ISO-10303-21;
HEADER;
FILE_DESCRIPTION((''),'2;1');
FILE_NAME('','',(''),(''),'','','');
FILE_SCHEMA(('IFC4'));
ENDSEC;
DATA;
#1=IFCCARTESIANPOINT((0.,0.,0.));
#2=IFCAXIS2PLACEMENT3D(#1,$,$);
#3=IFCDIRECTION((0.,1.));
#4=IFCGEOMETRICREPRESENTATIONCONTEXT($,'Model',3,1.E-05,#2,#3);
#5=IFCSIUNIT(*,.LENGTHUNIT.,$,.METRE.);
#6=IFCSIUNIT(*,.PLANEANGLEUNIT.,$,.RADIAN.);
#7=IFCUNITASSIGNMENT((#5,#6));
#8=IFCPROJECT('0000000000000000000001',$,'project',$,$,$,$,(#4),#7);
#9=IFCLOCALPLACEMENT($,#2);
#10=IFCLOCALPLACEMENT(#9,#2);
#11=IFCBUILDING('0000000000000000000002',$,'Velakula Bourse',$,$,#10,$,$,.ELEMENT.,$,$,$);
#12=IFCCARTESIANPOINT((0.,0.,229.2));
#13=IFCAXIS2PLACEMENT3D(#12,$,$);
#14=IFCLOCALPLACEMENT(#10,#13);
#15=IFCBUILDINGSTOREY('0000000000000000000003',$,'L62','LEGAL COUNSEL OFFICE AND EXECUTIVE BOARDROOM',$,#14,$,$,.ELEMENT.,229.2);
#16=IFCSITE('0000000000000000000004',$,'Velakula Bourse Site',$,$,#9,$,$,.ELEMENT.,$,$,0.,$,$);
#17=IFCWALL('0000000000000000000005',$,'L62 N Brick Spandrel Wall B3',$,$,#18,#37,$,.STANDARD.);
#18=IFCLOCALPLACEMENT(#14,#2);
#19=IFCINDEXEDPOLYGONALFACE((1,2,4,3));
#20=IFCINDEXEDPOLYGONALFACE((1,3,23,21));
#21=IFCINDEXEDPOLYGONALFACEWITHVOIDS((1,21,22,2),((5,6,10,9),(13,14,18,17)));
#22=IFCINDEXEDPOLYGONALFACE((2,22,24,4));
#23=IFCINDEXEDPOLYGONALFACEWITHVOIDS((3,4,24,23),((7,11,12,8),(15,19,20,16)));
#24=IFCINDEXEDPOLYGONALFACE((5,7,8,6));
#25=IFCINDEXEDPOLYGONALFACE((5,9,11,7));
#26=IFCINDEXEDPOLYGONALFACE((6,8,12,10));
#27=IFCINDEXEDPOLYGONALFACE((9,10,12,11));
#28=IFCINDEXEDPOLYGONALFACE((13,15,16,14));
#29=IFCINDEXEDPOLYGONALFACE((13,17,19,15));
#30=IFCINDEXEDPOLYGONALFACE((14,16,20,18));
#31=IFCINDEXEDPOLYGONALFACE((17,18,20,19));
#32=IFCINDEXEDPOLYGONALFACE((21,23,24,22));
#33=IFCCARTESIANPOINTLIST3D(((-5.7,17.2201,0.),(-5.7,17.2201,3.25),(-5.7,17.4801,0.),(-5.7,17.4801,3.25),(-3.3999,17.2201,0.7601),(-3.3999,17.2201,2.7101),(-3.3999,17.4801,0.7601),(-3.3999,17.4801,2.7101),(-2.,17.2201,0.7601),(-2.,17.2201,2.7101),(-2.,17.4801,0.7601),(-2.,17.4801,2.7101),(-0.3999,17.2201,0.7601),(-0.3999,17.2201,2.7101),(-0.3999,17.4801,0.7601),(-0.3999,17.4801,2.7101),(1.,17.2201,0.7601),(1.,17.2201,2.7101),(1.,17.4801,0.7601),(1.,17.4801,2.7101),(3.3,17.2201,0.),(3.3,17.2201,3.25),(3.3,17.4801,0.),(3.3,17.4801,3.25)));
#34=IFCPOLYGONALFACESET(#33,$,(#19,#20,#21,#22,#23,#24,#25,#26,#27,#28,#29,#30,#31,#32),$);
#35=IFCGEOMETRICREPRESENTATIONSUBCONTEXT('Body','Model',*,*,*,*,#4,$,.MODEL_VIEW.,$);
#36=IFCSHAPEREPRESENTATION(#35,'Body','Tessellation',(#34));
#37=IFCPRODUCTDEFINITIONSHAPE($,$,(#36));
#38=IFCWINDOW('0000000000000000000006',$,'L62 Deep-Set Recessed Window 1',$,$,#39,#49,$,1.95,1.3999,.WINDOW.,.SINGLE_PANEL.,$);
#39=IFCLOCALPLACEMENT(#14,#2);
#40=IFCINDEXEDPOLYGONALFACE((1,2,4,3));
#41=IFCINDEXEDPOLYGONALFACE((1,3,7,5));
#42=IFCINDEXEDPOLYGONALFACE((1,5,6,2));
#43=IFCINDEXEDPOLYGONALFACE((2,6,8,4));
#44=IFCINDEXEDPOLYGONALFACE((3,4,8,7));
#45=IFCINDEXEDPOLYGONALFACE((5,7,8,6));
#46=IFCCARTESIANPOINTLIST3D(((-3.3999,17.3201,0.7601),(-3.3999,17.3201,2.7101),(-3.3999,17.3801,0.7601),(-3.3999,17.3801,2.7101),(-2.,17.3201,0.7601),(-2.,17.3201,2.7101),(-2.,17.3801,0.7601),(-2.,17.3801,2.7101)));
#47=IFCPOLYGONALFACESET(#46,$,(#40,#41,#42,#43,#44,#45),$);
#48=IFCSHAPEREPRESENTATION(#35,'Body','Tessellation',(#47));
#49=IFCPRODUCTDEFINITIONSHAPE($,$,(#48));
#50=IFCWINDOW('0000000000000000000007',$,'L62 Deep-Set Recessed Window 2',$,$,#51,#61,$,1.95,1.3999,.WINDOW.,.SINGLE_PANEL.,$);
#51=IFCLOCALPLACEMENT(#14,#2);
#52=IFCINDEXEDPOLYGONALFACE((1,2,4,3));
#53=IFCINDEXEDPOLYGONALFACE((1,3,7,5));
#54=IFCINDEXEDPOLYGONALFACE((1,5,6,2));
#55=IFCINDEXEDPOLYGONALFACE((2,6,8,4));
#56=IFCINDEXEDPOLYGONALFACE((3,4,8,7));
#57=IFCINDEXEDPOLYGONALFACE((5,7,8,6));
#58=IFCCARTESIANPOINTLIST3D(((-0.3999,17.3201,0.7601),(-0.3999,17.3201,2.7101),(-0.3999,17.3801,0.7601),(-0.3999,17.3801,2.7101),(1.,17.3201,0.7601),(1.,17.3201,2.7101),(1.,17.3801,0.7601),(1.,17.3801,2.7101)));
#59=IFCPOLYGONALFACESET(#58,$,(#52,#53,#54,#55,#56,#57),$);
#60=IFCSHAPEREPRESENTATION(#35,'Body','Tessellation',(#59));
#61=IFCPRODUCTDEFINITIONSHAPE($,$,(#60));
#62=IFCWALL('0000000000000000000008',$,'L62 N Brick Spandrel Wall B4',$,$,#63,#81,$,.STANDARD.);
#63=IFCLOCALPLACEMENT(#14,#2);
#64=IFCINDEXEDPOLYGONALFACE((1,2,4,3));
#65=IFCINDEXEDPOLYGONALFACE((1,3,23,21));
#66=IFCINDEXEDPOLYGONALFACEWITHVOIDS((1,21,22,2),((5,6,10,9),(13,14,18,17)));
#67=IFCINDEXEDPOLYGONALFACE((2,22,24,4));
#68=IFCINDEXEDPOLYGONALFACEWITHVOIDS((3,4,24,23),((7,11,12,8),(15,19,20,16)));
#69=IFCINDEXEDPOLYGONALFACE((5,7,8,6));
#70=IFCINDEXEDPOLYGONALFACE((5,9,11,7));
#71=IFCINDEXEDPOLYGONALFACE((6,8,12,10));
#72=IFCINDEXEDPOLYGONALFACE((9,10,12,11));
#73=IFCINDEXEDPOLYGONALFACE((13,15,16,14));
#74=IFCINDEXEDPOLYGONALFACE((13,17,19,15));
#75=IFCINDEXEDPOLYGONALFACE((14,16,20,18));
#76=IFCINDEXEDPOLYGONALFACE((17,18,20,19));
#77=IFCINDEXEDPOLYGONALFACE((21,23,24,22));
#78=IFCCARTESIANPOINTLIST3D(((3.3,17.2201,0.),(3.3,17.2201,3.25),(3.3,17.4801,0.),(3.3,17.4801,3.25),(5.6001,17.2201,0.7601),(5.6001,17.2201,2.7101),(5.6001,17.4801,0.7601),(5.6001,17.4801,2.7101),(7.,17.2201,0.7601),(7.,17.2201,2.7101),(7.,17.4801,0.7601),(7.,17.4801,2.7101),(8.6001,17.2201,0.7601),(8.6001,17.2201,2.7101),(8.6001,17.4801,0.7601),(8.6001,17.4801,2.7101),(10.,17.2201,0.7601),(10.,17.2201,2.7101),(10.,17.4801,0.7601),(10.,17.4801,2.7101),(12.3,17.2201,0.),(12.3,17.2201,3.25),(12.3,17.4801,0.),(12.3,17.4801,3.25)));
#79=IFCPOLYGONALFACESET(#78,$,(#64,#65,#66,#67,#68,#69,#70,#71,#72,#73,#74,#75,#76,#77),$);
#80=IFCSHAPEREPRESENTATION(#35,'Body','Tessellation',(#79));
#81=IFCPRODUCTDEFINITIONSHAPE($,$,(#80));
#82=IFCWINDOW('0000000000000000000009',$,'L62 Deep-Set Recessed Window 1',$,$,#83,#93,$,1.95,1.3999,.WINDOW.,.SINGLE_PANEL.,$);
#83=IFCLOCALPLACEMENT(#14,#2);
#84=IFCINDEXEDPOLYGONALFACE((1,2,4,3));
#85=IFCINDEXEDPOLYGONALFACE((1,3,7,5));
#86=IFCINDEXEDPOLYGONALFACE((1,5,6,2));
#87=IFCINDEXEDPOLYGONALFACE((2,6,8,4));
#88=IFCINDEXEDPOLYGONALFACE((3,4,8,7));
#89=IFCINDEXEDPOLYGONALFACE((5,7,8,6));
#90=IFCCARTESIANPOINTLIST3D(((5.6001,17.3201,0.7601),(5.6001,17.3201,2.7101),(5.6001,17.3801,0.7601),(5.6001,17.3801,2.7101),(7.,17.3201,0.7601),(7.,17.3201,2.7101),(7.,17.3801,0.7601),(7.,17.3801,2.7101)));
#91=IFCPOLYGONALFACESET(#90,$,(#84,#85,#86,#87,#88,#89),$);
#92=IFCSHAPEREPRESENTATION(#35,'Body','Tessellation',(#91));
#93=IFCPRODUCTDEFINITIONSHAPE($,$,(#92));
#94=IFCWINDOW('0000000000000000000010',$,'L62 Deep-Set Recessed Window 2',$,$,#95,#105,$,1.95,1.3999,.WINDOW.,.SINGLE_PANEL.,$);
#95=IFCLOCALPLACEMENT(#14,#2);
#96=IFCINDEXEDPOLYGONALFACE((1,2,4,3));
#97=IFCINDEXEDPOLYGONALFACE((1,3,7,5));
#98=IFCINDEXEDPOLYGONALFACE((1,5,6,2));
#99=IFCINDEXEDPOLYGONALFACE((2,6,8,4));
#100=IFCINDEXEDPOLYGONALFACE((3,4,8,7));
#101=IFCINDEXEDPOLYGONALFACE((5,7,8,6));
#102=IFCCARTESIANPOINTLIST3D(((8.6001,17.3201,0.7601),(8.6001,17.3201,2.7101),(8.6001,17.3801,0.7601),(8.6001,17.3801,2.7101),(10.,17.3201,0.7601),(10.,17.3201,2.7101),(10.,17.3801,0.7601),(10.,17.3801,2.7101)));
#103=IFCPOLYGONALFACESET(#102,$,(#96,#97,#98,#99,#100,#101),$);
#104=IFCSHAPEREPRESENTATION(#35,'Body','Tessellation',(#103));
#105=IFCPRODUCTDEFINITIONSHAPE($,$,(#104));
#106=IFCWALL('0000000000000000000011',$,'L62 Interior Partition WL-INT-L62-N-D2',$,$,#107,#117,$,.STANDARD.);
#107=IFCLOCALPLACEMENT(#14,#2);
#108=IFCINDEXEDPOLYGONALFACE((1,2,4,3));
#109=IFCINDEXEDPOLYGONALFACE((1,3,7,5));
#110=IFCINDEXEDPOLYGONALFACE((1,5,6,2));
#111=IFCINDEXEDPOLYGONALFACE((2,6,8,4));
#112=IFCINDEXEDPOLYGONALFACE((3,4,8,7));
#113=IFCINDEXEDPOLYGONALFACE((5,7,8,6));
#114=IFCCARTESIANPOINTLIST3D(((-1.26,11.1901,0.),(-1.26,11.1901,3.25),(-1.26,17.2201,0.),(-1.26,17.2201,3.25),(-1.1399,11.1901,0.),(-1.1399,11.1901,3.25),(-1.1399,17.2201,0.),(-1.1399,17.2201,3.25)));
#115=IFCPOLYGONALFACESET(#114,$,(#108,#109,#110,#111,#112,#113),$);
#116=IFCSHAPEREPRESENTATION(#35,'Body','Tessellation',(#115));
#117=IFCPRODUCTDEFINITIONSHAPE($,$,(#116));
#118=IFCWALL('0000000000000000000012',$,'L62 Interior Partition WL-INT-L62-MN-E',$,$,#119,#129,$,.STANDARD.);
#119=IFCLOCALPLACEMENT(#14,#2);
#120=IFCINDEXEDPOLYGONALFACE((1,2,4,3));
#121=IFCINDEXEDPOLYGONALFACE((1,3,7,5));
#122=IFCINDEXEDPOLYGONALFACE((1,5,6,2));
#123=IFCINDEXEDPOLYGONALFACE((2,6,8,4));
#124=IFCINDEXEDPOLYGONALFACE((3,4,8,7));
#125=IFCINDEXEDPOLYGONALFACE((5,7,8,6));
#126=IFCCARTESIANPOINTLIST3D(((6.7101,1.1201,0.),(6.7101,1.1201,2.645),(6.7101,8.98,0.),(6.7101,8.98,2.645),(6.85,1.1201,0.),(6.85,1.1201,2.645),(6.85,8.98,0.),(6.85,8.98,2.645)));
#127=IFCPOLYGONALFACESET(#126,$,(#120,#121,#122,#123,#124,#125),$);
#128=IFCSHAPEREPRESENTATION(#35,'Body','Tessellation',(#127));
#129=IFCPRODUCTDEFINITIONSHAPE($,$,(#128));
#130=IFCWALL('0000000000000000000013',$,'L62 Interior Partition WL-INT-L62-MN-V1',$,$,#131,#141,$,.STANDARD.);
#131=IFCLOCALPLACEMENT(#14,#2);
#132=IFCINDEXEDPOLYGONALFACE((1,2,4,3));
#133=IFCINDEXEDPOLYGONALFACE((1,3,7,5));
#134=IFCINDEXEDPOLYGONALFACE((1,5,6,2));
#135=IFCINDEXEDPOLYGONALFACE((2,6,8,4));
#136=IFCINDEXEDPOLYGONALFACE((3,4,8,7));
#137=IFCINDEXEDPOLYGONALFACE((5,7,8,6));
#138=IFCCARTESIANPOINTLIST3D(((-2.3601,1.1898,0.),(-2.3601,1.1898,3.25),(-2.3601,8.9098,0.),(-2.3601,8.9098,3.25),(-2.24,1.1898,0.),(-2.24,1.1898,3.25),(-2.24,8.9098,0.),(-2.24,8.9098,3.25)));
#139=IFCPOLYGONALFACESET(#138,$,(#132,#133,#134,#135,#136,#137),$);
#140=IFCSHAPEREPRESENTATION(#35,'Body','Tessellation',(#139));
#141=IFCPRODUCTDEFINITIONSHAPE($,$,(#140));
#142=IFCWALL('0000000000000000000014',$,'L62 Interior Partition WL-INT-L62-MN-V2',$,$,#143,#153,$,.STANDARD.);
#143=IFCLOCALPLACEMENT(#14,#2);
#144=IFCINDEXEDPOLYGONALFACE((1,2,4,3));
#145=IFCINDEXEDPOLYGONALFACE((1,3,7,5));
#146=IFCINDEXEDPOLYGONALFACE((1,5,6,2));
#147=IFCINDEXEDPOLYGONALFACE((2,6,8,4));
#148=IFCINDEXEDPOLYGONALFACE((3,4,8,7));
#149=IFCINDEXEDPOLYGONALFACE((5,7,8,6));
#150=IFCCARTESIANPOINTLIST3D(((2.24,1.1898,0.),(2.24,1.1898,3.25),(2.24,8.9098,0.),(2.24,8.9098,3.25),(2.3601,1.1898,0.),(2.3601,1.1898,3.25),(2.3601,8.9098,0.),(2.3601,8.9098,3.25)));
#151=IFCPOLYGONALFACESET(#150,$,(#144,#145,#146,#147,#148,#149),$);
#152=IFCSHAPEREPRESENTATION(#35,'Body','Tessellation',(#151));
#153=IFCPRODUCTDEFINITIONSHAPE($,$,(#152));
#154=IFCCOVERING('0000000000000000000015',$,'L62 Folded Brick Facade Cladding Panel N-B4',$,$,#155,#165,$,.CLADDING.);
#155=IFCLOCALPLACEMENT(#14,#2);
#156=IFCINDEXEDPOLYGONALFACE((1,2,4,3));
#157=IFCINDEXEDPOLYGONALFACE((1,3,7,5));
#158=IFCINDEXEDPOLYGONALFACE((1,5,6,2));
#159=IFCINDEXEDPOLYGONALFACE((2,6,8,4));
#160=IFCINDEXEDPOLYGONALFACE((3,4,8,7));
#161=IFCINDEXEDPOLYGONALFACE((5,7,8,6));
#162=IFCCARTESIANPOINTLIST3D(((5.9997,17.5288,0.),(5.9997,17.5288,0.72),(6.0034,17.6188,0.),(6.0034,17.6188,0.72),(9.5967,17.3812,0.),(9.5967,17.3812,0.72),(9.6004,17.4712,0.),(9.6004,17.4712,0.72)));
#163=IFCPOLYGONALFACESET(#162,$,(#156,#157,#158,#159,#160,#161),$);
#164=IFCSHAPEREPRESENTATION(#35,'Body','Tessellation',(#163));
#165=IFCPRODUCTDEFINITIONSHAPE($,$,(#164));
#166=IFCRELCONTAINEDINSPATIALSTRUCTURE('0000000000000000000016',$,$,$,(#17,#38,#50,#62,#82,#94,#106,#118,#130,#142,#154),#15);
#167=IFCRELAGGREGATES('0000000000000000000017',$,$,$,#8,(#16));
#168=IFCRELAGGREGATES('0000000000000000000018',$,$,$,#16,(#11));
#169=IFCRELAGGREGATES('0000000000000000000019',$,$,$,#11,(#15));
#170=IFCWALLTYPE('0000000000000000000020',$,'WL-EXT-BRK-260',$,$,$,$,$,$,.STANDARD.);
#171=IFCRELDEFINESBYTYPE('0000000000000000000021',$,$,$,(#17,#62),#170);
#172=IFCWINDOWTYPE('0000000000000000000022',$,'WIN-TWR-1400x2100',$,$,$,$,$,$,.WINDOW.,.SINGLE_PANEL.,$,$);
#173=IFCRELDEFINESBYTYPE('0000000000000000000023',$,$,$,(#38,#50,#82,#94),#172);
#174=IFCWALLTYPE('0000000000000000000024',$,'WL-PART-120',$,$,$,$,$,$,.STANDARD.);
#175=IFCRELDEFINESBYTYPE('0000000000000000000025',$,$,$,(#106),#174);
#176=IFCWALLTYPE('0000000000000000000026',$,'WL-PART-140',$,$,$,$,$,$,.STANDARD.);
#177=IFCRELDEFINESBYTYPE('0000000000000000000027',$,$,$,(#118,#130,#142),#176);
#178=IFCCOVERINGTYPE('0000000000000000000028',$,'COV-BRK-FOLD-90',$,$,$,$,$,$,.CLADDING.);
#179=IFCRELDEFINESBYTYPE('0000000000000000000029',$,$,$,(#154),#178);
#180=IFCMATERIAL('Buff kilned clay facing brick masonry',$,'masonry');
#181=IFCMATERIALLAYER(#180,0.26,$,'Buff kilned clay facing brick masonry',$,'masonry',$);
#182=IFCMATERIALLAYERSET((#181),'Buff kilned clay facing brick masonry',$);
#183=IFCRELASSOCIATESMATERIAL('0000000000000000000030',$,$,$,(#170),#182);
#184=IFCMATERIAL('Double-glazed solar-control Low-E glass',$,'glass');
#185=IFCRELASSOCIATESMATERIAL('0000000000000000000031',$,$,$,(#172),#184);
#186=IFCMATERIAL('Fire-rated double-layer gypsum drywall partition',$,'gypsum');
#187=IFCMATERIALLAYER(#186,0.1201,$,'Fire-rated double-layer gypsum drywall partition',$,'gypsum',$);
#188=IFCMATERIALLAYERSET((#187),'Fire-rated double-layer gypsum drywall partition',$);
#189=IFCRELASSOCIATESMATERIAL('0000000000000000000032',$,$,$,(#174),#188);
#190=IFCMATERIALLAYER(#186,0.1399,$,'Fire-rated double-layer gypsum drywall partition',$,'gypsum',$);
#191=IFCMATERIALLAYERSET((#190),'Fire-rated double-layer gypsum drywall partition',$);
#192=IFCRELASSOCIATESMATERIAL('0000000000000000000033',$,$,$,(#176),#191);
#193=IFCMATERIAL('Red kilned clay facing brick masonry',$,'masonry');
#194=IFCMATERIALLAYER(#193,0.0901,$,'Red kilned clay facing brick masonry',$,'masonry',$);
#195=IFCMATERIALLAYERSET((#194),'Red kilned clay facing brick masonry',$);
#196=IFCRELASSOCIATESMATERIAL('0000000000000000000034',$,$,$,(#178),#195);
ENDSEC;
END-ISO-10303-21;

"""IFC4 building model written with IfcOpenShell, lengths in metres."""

from ifc_helpers import new_model, si_unit, direction, frame, frame_2d, origin, origin_2d, place, context, subcontext, project, spatial, rectangle, extrude, material, layer, layer_set, type_object, element, fill, save


model = new_model("IFC4")

# Units and contexts
model_context = context("Model", 3, precision=1e-05, world=origin(), true_north=direction((0.0, 1.0)))
body_context = subcontext(model_context, "Body", "Model", "MODEL_VIEW")
ifc_project = project(units=[si_unit("LENGTHUNIT", "METRE"), si_unit("PLANEANGLEUNIT", "RADIAN")], contexts=[model_context])

# Site, building, storey
site_placement = place(None, origin())
site = spatial("IfcSite", under=ifc_project, at=site_placement, Name="Velakula Bourse Site", CompositionType="ELEMENT", RefElevation=0.0)
building_placement = place(site_placement, origin())
building = spatial("IfcBuilding", under=site, at=building_placement, Name="Velakula Bourse", CompositionType="ELEMENT")
storey_placement = place(building_placement, frame((0.0, 0.0, 229.2)))
storey = spatial("IfcBuildingStorey", under=building, at=storey_placement, Name="L62", Description="LEGAL COUNSEL OFFICE AND EXECUTIVE BOARDROOM", CompositionType="ELEMENT", Elevation=229.2)

# Walls, openings, windows
ifc_material_1 = material(Name="Buff kilned clay facing brick masonry", Category="masonry")
ifc_layer_1 = layer(ifc_material_1, 0.26, Name="Buff kilned clay facing brick masonry", Category="masonry")
ifc_layer_set_1 = layer_set([ifc_layer_1], Name="Buff kilned clay facing brick masonry")
wall_type_1 = type_object("IfcWallType", Name="WL-EXT-BRK-260", PredefinedType="STANDARD", material=ifc_layer_set_1)
wall_1_placement = place(storey_placement, frame((-5.7, 17.3501, 0.0), z_axis=(0.0, 0.0, 1.0), x_axis=(1.0, 0.0, 0.0)))
wall_1 = element("IfcWall", 1, at=wall_1_placement, inside=storey, type_object=wall_type_1, Name="L62 N Brick Spandrel Wall B3", PredefinedType="STANDARD", context=body_context, shape_type="SweptSolid", body=[
    extrude(rectangle(XDim=9.0, YDim=0.26, at=frame_2d((4.5, 0.0))), origin(), (0.0, 0.0, 1.0), 3.25),
])
opening_1_placement = place(wall_1_placement, frame((2.3, 0.0, 0.76)))
opening_1 = element("IfcOpeningElement", 2, at=opening_1_placement, cuts=wall_1, PredefinedType="OPENING", context=body_context, shape_type="SweptSolid", body=[
    extrude(rectangle(XDim=1.3999, YDim=1.95, at=frame_2d((0.7, 0.9751))), frame((0.0, 0.1399, 0.0), z_axis=(0.0, -1.0, 0.0), x_axis=(1.0, 0.0, 0.0)), (0.0, 0.0, 1.0), 0.28),
])
opening_2_placement = place(wall_1_placement, frame((5.3, 0.0, 0.76)))
opening_2 = element("IfcOpeningElement", 3, at=opening_2_placement, cuts=wall_1, PredefinedType="OPENING", context=body_context, shape_type="SweptSolid", body=[
    extrude(rectangle(XDim=1.3999, YDim=1.95, at=frame_2d((0.7, 0.9751))), frame((0.0, 0.1399, 0.0), z_axis=(0.0, -1.0, 0.0), x_axis=(1.0, 0.0, 0.0)), (0.0, 0.0, 1.0), 0.28),
])
ifc_material_2 = material(Name="Double-glazed solar-control Low-E glass", Category="glass")
window_type = type_object("IfcWindowType", Name="WIN-TWR-1400x2100", PartitioningType="SINGLE_PANEL", PredefinedType="WINDOW", material=ifc_material_2)
window_1_placement = place(opening_1_placement, origin())
window_1 = element("IfcWindow", 4, at=window_1_placement, inside=storey, type_object=window_type, Name="L62 Deep-Set Recessed Window 1", OverallHeight=1.95, OverallWidth=1.3999, PartitioningType="SINGLE_PANEL", PredefinedType="WINDOW", context=body_context, shape_type="SweptSolid", body=[
    extrude(rectangle(XDim=1.3999, YDim=1.95, at=frame_2d((0.7, 0.9751))), frame((0.0, 0.03, 0.0), z_axis=(0.0, -1.0, 0.0), x_axis=(1.0, 0.0, 0.0)), (0.0, 0.0, 1.0), 0.0601),
])
fill(opening_1, window_1)
window_2_placement = place(opening_2_placement, origin())
window_2 = element("IfcWindow", 5, at=window_2_placement, inside=storey, type_object=window_type, Name="L62 Deep-Set Recessed Window 2", OverallHeight=1.95, OverallWidth=1.3999, PartitioningType="SINGLE_PANEL", PredefinedType="WINDOW", context=body_context, shape_type="SweptSolid", body=[
    extrude(rectangle(XDim=1.3999, YDim=1.95, at=frame_2d((0.7, 0.9751))), frame((0.0, 0.03, 0.0), z_axis=(0.0, -1.0, 0.0), x_axis=(1.0, 0.0, 0.0)), (0.0, 0.0, 1.0), 0.0601),
])
fill(opening_2, window_2)
wall_2_placement = place(storey_placement, frame((3.3, 17.3501, 0.0), z_axis=(0.0, 0.0, 1.0), x_axis=(1.0, 0.0, 0.0)))
wall_2 = element("IfcWall", 6, at=wall_2_placement, inside=storey, type_object=wall_type_1, Name="L62 N Brick Spandrel Wall B4", PredefinedType="STANDARD", context=body_context, shape_type="SweptSolid", body=[
    extrude(rectangle(XDim=9.0, YDim=0.26, at=frame_2d((4.5, 0.0))), origin(), (0.0, 0.0, 1.0), 3.25),
])
opening_3_placement = place(wall_2_placement, frame((2.3, 0.0, 0.76)))
opening_3 = element("IfcOpeningElement", 7, at=opening_3_placement, cuts=wall_2, PredefinedType="OPENING", context=body_context, shape_type="SweptSolid", body=[
    extrude(rectangle(XDim=1.3999, YDim=1.95, at=frame_2d((0.7, 0.9751))), frame((0.0, 0.1399, 0.0), z_axis=(0.0, -1.0, 0.0), x_axis=(1.0, 0.0, 0.0)), (0.0, 0.0, 1.0), 0.28),
])
opening_4_placement = place(wall_2_placement, frame((5.3, 0.0, 0.76)))
opening_4 = element("IfcOpeningElement", 8, at=opening_4_placement, cuts=wall_2, PredefinedType="OPENING", context=body_context, shape_type="SweptSolid", body=[
    extrude(rectangle(XDim=1.3999, YDim=1.95, at=frame_2d((0.7, 0.9751))), frame((0.0, 0.1399, 0.0), z_axis=(0.0, -1.0, 0.0), x_axis=(1.0, 0.0, 0.0)), (0.0, 0.0, 1.0), 0.28),
])
window_3_placement = place(opening_3_placement, origin())
window_3 = element("IfcWindow", 9, at=window_3_placement, inside=storey, type_object=window_type, Name="L62 Deep-Set Recessed Window 1", OverallHeight=1.95, OverallWidth=1.3999, PartitioningType="SINGLE_PANEL", PredefinedType="WINDOW", context=body_context, shape_type="SweptSolid", body=[
    extrude(rectangle(XDim=1.3999, YDim=1.95, at=frame_2d((0.7, 0.9751))), frame((0.0, 0.03, 0.0), z_axis=(0.0, -1.0, 0.0), x_axis=(1.0, 0.0, 0.0)), (0.0, 0.0, 1.0), 0.0601),
])
fill(opening_3, window_3)
window_4_placement = place(opening_4_placement, origin())
window_4 = element("IfcWindow", 10, at=window_4_placement, inside=storey, type_object=window_type, Name="L62 Deep-Set Recessed Window 2", OverallHeight=1.95, OverallWidth=1.3999, PartitioningType="SINGLE_PANEL", PredefinedType="WINDOW", context=body_context, shape_type="SweptSolid", body=[
    extrude(rectangle(XDim=1.3999, YDim=1.95, at=frame_2d((0.7, 0.9751))), frame((0.0, 0.03, 0.0), z_axis=(0.0, -1.0, 0.0), x_axis=(1.0, 0.0, 0.0)), (0.0, 0.0, 1.0), 0.0601),
])
fill(opening_4, window_4)

# Walls
ifc_material_3 = material(Name="Fire-rated double-layer gypsum drywall partition", Category="gypsum")
ifc_layer_2 = layer(ifc_material_3, 0.1201, Name="Fire-rated double-layer gypsum drywall partition", Category="gypsum")
ifc_layer_set_2 = layer_set([ifc_layer_2], Name="Fire-rated double-layer gypsum drywall partition")
wall_type_2 = type_object("IfcWallType", Name="WL-PART-120", PredefinedType="STANDARD", material=ifc_layer_set_2)
wall_3_placement = place(storey_placement, frame((-1.2, 11.1899, 0.0), z_axis=(0.0, 0.0, 1.0), x_axis=(0.0, 1.0, 0.0)))
element("IfcWall", 11, at=wall_3_placement, inside=storey, type_object=wall_type_2, Name="L62 Interior Partition WL-INT-L62-N-D2", PredefinedType="STANDARD", context=body_context, shape_type="SweptSolid", body=[
    extrude(rectangle(XDim=6.03, YDim=0.1201, at=frame_2d((3.0151, 0.0))), origin(), (0.0, 0.0, 1.0), 3.25),
])
ifc_layer_3 = layer(ifc_material_3, 0.1399, Name="Fire-rated double-layer gypsum drywall partition", Category="gypsum")
ifc_layer_set_3 = layer_set([ifc_layer_3], Name="Fire-rated double-layer gypsum drywall partition")
wall_type_3 = type_object("IfcWallType", Name="WL-PART-140", PredefinedType="STANDARD", material=ifc_layer_set_3)
wall_4_placement = place(storey_placement, frame((6.78, 1.1201, 0.0), z_axis=(0.0, 0.0, 1.0), x_axis=(0.0, 1.0, 0.0)))
element("IfcWall", 12, at=wall_4_placement, inside=storey, type_object=wall_type_3, Name="L62 Interior Partition WL-INT-L62-MN-E", PredefinedType="STANDARD", context=body_context, shape_type="SweptSolid", body=[
    extrude(rectangle(XDim=7.8599, YDim=0.1399, at=frame_2d((3.9299, 0.0))), origin(), (0.0, 0.0, 1.0), 2.645),
])
for number, where, z_axis, x_axis, name in (
    (13, (-2.3, 1.1899, 0.0), (0.0, 0.0, 1.0), (0.0, 1.0, 0.0), "L62 Interior Partition WL-INT-L62-MN-V1"),
    (14, (2.3, 1.1899, 0.0), (0.0, 0.0, 1.0), (0.0, 1.0, 0.0), "L62 Interior Partition WL-INT-L62-MN-V2"),
):
    element("IfcWall", number, at=place(storey_placement, frame(where, z_axis=z_axis, x_axis=x_axis)), inside=storey, type_object=wall_type_3, Name=name, PredefinedType="STANDARD", context=body_context, shape_type="SweptSolid", body=[
        extrude(rectangle(XDim=7.72, YDim=0.1201, at=frame_2d((3.8599, 0.0))), origin(), (0.0, 0.0, 1.0), 3.25),
    ])

# Covering
ifc_material_4 = material(Name="Red kilned clay facing brick masonry", Category="masonry")
ifc_layer_4 = layer(ifc_material_4, 0.0901, Name="Red kilned clay facing brick masonry", Category="masonry")
ifc_layer_set_4 = layer_set([ifc_layer_4], Name="Red kilned clay facing brick masonry")
covering_type = type_object("IfcCoveringType", Name="COV-BRK-FOLD-90", PredefinedType="CLADDING", material=ifc_layer_set_4)
covering_placement = place(storey_placement, frame((7.8, 17.5, 0.0), z_axis=(0.0, 0.0, 1.0), x_axis=(0.999159, -0.041004, 0.0)))
element("IfcCovering", 15, at=covering_placement, inside=storey, type_object=covering_type, Name="L62 Folded Brick Facade Cladding Panel N-B4", PredefinedType="CLADDING", context=body_context, shape_type="SweptSolid", body=[
    extrude(rectangle(XDim=3.6001, YDim=0.0901, at=origin_2d()), origin(), (0.0, 0.0, 1.0), 0.72),
])

save(model, "model.ifc")
